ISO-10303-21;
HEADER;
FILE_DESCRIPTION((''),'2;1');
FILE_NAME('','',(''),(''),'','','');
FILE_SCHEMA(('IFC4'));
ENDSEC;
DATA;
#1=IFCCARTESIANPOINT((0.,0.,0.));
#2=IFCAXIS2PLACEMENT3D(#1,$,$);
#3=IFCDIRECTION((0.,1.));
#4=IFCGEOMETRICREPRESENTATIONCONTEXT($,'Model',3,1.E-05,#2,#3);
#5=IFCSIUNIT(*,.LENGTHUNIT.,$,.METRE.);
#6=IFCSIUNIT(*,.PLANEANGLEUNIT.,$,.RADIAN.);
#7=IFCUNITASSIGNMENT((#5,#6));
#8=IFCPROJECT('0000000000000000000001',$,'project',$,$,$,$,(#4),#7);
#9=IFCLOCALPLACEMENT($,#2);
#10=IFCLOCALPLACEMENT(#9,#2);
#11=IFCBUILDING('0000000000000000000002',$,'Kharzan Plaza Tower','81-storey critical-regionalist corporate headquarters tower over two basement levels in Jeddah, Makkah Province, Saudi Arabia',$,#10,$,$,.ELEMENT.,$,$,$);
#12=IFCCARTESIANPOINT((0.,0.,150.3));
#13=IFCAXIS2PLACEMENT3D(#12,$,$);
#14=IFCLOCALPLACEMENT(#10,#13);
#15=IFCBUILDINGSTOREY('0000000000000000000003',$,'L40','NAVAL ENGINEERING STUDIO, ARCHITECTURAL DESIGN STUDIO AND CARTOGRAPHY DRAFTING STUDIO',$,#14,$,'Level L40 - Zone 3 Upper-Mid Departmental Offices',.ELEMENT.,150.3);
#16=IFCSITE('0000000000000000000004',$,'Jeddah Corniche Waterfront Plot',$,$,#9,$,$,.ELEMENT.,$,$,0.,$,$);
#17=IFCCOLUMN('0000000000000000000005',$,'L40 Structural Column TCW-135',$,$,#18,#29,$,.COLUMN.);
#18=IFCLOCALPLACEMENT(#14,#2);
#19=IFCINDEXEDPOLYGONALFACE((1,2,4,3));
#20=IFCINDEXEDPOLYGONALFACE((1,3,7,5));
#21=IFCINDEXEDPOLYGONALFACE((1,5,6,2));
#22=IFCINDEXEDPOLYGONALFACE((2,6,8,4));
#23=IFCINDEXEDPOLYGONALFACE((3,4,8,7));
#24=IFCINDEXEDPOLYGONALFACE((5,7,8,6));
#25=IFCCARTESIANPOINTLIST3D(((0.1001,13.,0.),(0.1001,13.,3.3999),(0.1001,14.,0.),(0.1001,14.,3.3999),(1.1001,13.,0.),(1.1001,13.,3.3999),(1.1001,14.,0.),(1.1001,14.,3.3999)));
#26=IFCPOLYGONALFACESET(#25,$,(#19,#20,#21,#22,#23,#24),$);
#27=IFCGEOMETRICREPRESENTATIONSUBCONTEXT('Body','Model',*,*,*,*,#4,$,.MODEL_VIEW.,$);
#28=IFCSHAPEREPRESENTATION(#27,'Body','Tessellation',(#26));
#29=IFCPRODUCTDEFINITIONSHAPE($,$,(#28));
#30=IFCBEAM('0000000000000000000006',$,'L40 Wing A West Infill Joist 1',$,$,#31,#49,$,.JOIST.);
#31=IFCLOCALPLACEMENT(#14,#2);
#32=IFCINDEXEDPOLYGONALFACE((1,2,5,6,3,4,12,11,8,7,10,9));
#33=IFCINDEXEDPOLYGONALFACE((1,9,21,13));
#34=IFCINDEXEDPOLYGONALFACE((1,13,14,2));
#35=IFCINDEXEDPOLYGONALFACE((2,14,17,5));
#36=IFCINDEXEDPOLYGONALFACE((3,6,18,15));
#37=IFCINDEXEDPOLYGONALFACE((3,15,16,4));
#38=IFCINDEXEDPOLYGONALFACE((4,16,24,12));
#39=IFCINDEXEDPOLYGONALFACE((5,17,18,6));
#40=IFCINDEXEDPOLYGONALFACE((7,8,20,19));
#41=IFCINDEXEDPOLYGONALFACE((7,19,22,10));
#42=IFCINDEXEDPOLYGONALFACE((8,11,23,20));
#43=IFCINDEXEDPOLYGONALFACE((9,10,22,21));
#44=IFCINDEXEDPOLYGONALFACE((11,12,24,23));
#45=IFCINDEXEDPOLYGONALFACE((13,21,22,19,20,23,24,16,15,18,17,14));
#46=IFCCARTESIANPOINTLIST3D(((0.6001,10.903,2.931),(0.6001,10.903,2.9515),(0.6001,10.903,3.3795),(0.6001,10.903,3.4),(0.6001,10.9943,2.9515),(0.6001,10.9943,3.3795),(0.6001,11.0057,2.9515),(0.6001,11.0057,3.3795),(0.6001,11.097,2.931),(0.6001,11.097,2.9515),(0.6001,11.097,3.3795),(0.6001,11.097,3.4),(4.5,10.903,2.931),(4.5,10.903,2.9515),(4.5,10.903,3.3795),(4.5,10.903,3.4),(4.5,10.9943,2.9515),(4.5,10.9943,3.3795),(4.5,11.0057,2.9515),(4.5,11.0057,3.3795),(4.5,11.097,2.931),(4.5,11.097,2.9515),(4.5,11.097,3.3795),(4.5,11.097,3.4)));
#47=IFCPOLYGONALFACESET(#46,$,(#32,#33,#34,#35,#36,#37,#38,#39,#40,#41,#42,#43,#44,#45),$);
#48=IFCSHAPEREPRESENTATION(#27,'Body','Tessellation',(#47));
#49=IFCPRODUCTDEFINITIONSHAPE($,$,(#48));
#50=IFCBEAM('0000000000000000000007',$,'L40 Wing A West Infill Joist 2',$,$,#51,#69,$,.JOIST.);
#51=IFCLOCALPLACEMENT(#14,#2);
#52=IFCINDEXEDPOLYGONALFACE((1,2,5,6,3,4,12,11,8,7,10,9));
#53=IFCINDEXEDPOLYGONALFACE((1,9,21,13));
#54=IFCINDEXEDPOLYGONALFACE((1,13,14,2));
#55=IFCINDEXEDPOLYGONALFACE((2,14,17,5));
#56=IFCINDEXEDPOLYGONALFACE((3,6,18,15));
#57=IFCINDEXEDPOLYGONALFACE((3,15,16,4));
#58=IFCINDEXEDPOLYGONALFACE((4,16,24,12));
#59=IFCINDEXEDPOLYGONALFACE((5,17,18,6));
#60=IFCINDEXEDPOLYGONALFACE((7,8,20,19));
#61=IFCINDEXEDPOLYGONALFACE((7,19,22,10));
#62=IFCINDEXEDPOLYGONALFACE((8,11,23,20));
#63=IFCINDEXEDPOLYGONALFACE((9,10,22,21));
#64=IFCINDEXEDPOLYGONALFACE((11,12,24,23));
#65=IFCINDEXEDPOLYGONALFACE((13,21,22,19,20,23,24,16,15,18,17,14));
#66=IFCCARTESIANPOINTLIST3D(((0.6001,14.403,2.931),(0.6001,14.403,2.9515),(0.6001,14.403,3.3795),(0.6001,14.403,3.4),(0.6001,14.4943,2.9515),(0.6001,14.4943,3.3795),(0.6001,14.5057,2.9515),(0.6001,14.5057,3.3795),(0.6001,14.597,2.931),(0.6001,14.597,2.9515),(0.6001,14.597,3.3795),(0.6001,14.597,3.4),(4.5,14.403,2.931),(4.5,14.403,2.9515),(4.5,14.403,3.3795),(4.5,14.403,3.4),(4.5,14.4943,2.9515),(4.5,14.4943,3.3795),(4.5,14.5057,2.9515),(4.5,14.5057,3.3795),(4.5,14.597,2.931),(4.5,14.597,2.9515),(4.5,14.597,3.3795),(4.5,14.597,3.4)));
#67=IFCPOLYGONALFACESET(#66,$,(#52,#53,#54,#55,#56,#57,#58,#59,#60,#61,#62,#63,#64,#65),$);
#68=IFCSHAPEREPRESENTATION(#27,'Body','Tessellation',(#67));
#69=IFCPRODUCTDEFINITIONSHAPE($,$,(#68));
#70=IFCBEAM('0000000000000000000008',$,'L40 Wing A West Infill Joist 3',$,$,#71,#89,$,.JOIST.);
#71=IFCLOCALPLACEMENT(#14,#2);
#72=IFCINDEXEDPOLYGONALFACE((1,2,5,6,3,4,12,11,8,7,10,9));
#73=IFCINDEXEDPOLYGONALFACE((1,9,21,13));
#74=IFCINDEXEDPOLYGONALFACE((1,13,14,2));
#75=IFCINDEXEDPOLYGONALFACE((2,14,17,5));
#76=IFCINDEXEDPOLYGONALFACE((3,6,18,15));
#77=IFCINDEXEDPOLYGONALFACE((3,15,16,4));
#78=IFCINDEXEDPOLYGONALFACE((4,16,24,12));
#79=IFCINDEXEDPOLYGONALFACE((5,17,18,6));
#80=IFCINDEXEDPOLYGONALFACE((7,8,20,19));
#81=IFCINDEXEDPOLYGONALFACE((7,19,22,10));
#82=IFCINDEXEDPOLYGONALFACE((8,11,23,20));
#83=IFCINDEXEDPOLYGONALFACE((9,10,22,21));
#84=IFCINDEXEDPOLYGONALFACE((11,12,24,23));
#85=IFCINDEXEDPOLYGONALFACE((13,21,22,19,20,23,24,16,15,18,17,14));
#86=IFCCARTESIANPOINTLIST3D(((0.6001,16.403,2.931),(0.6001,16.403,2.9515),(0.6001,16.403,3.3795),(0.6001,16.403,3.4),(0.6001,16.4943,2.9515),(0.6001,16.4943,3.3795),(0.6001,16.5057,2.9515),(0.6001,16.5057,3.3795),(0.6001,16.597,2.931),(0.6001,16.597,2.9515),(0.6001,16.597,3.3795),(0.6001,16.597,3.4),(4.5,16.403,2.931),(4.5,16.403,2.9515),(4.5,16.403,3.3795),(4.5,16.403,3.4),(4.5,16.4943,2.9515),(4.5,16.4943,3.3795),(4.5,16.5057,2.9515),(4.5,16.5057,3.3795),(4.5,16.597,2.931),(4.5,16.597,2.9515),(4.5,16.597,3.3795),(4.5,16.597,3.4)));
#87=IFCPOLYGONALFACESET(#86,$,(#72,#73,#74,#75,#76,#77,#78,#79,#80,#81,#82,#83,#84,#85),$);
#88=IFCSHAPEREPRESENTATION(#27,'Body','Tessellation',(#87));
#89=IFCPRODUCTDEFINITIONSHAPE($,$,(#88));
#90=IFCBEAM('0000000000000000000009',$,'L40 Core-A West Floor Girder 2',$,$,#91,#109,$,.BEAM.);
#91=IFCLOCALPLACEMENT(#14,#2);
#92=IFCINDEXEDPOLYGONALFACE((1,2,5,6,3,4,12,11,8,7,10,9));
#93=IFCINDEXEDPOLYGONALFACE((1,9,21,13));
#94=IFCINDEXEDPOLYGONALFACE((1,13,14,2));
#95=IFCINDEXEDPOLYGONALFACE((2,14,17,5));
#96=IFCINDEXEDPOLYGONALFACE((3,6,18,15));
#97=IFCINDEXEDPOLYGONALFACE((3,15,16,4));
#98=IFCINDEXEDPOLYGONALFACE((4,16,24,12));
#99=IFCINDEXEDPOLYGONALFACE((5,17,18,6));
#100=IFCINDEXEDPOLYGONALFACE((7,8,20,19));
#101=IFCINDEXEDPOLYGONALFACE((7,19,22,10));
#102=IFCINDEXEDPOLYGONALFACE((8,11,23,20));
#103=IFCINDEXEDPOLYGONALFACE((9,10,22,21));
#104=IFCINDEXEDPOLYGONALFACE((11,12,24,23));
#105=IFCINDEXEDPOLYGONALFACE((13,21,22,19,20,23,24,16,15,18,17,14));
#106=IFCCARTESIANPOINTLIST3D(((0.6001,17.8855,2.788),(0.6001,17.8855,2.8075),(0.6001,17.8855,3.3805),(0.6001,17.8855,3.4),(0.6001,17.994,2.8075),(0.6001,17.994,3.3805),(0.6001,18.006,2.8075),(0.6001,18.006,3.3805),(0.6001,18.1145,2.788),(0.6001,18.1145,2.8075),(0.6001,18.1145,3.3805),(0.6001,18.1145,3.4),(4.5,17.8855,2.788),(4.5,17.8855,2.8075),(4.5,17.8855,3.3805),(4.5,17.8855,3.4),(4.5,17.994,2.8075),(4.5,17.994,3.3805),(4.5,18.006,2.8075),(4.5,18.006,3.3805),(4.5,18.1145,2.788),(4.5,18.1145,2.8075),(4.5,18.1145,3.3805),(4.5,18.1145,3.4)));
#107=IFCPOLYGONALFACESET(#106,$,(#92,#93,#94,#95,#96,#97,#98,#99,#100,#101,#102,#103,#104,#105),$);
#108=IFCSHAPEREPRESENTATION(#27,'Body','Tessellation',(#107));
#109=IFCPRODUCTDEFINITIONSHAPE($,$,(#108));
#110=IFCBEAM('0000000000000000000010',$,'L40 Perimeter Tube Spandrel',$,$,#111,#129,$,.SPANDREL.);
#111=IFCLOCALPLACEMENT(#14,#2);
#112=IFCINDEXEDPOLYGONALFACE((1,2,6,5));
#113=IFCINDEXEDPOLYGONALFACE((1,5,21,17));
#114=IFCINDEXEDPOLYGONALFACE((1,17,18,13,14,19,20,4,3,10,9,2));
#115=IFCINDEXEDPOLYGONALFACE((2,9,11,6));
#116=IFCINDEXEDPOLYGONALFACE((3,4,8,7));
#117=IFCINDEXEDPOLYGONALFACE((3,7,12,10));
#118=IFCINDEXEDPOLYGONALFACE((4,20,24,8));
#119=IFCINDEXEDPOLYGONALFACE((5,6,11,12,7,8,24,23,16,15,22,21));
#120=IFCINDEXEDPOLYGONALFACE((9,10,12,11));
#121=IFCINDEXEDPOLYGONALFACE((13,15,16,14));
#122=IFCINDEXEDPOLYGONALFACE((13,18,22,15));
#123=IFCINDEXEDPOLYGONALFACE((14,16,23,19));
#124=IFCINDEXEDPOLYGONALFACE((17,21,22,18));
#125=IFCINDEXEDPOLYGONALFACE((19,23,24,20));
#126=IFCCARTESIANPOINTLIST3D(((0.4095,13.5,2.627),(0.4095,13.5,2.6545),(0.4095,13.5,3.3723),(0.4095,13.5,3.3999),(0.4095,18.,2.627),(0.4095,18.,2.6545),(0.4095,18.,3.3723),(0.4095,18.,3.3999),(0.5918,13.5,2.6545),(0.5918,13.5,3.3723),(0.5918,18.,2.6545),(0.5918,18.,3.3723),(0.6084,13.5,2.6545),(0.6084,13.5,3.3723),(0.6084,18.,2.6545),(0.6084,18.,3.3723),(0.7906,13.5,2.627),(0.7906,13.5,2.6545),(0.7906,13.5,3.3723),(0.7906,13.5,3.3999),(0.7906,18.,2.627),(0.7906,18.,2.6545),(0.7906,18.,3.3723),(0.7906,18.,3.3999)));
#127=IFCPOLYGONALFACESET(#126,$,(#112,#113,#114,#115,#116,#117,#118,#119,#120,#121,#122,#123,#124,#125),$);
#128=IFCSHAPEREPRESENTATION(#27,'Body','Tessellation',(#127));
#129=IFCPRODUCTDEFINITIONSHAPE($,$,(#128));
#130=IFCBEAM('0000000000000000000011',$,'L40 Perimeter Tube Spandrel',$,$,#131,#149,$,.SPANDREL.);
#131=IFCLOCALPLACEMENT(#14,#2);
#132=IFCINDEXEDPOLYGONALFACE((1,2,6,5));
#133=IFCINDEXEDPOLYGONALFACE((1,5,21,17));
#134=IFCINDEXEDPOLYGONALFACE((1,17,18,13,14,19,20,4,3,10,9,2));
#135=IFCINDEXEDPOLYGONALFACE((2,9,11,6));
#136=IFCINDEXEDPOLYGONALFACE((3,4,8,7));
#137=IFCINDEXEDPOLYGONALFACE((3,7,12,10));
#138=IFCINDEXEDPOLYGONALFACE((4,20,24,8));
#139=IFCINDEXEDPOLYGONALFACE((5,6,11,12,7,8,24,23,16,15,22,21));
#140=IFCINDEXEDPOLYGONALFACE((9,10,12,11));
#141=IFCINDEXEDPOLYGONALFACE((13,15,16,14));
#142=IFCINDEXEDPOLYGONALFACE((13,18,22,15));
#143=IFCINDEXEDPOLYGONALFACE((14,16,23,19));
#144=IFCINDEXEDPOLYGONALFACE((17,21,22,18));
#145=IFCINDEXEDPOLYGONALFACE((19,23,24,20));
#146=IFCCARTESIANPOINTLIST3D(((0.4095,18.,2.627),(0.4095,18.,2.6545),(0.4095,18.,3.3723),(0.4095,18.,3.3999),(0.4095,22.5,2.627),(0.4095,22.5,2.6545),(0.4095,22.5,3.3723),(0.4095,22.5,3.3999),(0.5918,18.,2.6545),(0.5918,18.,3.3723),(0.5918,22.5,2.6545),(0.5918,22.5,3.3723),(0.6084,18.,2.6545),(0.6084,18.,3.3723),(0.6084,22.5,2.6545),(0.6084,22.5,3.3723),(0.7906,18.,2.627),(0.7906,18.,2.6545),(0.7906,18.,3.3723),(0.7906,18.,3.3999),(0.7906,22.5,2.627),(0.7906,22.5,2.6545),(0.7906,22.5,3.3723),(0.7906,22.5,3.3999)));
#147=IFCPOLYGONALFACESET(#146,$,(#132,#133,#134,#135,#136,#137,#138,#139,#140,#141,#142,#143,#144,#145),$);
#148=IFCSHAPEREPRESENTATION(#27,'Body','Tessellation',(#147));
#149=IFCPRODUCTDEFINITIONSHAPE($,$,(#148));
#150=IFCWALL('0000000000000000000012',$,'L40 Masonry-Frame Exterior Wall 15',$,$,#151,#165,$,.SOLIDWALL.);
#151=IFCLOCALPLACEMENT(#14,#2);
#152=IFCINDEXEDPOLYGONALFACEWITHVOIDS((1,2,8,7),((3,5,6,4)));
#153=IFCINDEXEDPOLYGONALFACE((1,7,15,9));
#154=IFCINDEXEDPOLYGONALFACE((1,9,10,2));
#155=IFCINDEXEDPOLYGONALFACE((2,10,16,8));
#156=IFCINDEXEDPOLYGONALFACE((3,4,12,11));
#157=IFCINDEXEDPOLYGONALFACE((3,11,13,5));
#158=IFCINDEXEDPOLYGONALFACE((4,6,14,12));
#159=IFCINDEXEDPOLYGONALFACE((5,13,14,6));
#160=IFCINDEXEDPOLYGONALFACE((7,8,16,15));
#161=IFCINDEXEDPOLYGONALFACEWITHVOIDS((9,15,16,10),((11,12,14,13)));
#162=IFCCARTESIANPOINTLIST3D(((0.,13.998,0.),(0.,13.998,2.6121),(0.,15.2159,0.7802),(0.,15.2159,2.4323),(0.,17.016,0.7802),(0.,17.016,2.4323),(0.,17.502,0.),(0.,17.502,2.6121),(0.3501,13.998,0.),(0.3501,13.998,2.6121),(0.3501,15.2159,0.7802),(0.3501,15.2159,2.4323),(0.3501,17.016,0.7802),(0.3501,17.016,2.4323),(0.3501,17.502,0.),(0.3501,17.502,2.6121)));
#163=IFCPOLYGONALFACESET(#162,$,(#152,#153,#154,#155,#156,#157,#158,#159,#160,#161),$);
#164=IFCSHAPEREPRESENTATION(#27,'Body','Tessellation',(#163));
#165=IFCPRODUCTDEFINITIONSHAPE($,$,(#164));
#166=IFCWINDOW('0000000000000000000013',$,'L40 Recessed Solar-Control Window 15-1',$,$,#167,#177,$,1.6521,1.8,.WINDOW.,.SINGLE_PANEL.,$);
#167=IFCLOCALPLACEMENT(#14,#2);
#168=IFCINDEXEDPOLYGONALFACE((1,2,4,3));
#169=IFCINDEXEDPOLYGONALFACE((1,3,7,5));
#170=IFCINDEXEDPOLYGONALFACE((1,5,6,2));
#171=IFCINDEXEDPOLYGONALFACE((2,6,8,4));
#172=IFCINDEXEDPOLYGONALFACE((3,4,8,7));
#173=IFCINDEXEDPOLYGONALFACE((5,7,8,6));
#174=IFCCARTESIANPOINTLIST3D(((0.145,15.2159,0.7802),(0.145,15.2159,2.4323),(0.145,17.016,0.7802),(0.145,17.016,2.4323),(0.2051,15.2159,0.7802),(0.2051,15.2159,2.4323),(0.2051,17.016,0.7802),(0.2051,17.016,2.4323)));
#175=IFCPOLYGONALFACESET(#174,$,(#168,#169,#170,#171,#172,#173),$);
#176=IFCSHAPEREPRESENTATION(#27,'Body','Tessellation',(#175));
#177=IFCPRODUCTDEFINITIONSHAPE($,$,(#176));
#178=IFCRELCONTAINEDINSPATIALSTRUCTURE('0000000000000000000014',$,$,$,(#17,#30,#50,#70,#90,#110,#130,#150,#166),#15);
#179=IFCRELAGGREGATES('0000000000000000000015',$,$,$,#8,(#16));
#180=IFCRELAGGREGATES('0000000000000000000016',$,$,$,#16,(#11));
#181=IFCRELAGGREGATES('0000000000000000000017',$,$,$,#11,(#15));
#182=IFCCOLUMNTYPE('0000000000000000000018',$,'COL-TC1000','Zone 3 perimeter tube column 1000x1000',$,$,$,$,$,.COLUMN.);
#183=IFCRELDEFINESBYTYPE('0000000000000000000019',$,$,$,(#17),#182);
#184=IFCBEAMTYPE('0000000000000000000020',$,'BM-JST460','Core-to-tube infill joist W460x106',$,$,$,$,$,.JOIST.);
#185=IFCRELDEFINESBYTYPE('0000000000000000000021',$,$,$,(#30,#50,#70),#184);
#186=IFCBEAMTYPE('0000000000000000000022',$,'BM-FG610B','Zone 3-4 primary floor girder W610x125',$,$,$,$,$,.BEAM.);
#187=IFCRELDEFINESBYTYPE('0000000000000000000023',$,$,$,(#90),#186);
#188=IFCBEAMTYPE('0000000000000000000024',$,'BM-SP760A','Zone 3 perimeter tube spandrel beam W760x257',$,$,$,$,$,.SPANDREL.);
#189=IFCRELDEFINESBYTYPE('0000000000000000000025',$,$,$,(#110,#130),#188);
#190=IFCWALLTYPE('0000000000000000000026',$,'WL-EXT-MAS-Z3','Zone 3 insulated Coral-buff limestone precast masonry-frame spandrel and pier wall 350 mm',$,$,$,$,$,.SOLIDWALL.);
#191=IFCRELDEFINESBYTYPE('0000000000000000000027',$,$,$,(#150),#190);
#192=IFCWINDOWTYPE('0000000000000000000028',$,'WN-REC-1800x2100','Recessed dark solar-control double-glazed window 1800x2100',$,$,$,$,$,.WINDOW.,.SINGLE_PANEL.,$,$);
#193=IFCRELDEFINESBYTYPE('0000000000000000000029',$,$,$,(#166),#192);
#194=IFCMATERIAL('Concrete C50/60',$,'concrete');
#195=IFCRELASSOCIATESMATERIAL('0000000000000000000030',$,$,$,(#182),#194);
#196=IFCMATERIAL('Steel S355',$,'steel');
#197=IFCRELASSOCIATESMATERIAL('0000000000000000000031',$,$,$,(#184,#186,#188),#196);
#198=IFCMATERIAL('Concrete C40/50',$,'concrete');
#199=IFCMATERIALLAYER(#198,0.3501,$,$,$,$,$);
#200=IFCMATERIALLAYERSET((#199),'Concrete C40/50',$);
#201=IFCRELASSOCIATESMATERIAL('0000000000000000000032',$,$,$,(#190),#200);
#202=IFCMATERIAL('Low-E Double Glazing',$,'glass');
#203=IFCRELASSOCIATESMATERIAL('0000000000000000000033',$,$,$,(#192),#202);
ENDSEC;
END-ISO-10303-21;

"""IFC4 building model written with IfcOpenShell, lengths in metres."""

from ifc_helpers import new_model, si_unit, direction, frame, frame_2d, origin, origin_2d, place, context, subcontext, project, spatial, rectangle, i_section, extrude, source, transform, mapped, material, layer, layer_set, material_profile, profile_set, type_object, element, fill, save


model = new_model("IFC4")

# Units and contexts
model_context = context("Model", 3, precision=1e-05, world=origin(), true_north=direction((0.0, 1.0)))
body_context = subcontext(model_context, "Body", "Model", "MODEL_VIEW")
ifc_project = project(units=[si_unit("LENGTHUNIT", "METRE"), si_unit("PLANEANGLEUNIT", "RADIAN")], contexts=[model_context])

# Site, building, storey
site_placement = place(None, origin())
site = spatial("IfcSite", under=ifc_project, at=site_placement, Name="Jeddah Corniche Waterfront Plot", CompositionType="ELEMENT", RefElevation=0.0)
building_placement = place(site_placement, origin())
building = spatial("IfcBuilding", under=site, at=building_placement, Name="Kharzan Plaza Tower", Description="81-storey critical-regionalist corporate headquarters tower over two basement levels in Jeddah, Makkah Province, Saudi Arabia", CompositionType="ELEMENT")
storey_placement = place(building_placement, frame((0.0, 0.0, 150.3)))
storey = spatial("IfcBuildingStorey", under=building, at=storey_placement, Name="L40", Description="NAVAL ENGINEERING STUDIO, ARCHITECTURAL DESIGN STUDIO AND CARTOGRAPHY DRAFTING STUDIO", LongName="Level L40 - Zone 3 Upper-Mid Departmental Offices", CompositionType="ELEMENT", Elevation=150.3)

# Column
ifc_material_1 = material(Name="Concrete C50/60", Category="concrete")
ifc_material_profile_1 = material_profile(ifc_material_1, rectangle(XDim=1.0, YDim=1.0, at=origin_2d()), Name="RC-TC1000x1000")
ifc_profile_set_1 = profile_set([ifc_material_profile_1], Name="Concrete C50/60")
column_type = type_object("IfcColumnType", Name="COL-TC1000", Description="Zone 3 perimeter tube column 1000x1000", PredefinedType="COLUMN", material=ifc_profile_set_1)
shared_shape_1 = source(origin(), body_context, "Body", "SweptSolid", [
    extrude(rectangle(XDim=1.0, YDim=1.0, at=origin_2d()), origin(), (0.0, 0.0, 1.0), 3.3999),
])
column_placement = place(storey_placement, frame((0.6001, 13.5, 0.0), z_axis=(0.0, 0.0, 1.0), x_axis=(1.0, 0.0, 0.0)))
element("IfcColumn", 1, at=column_placement, inside=storey, type_object=column_type, Name="L40 Structural Column TCW-135", PredefinedType="COLUMN", context=body_context, shape_type="MappedRepresentation", body=[
    mapped(shared_shape_1, transform((0.0, 0.0, 0.0), x_axis=(1.0, 0.0, 0.0), y_axis=(0.0, 1.0, 0.0), z_axis=(0.0, 0.0, 1.0))),
])

# Beams
ifc_material_2 = material(Name="Steel S355", Category="steel")
ifc_material_profile_2 = material_profile(ifc_material_2, i_section(OverallWidth=0.1941, OverallDepth=0.469, WebThickness=0.0115, FlangeThickness=0.0205, at=origin_2d()), Name="W460x106")
ifc_profile_set_2 = profile_set([ifc_material_profile_2], Name="Steel S355")
beam_type_1 = type_object("IfcBeamType", Name="BM-JST460", Description="Core-to-tube infill joist W460x106", PredefinedType="JOIST", material=ifc_profile_set_2)
shared_shape_2 = source(origin(), body_context, "Body", "SweptSolid", [
    extrude(i_section(OverallWidth=0.1941, OverallDepth=0.469, WebThickness=0.0115, FlangeThickness=0.0205, at=origin_2d()), origin(), (0.0, 0.0, 1.0), 3.8999),
])
for number, where, z_axis, x_axis, name in (
    (2, (0.6001, 11.0, 3.1655), (1.0, 0.0, 0.0), (0.0, 1.0, 0.0), "L40 Wing A West Infill Joist 1"),
    (3, (0.6001, 14.5, 3.1655), (1.0, 0.0, 0.0), (0.0, 1.0, 0.0), "L40 Wing A West Infill Joist 2"),
    (4, (0.6001, 16.5, 3.1655), (1.0, 0.0, 0.0), (0.0, 1.0, 0.0), "L40 Wing A West Infill Joist 3"),
):
    element("IfcBeam", number, at=place(storey_placement, frame(where, z_axis=z_axis, x_axis=x_axis)), inside=storey, type_object=beam_type_1, Name=name, PredefinedType="JOIST", context=body_context, shape_type="MappedRepresentation", body=[
        mapped(shared_shape_2, transform((0.0, 0.0, 0.0), x_axis=(1.0, 0.0, 0.0), y_axis=(0.0, 1.0, 0.0), z_axis=(0.0, 0.0, 1.0))),
    ])
ifc_material_profile_3 = material_profile(ifc_material_2, i_section(OverallWidth=0.229, OverallDepth=0.6121, WebThickness=0.012, FlangeThickness=0.0195, at=origin_2d()), Name="W610x125")
ifc_profile_set_3 = profile_set([ifc_material_profile_3], Name="Steel S355")
beam_type_2 = type_object("IfcBeamType", Name="BM-FG610B", Description="Zone 3-4 primary floor girder W610x125", PredefinedType="BEAM", material=ifc_profile_set_3)
shared_shape_3 = source(origin(), body_context, "Body", "SweptSolid", [
    extrude(i_section(OverallWidth=0.229, OverallDepth=0.6121, WebThickness=0.012, FlangeThickness=0.0195, at=origin_2d()), origin(), (0.0, 0.0, 1.0), 3.8999),
])
beam_placement = place(storey_placement, frame((0.6001, 18.0, 3.094), z_axis=(1.0, 0.0, 0.0), x_axis=(0.0, 1.0, 0.0)))
element("IfcBeam", 5, at=beam_placement, inside=storey, type_object=beam_type_2, Name="L40 Core-A West Floor Girder 2", PredefinedType="BEAM", context=body_context, shape_type="MappedRepresentation", body=[
    mapped(shared_shape_3, transform((0.0, 0.0, 0.0), x_axis=(1.0, 0.0, 0.0), y_axis=(0.0, 1.0, 0.0), z_axis=(0.0, 0.0, 1.0))),
])
ifc_material_profile_4 = material_profile(ifc_material_2, i_section(OverallWidth=0.3811, OverallDepth=0.7729, WebThickness=0.0166, FlangeThickness=0.0276, at=origin_2d()), Name="W760x257")
ifc_profile_set_4 = profile_set([ifc_material_profile_4], Name="Steel S355")
beam_type_3 = type_object("IfcBeamType", Name="BM-SP760A", Description="Zone 3 perimeter tube spandrel beam W760x257", PredefinedType="SPANDREL", material=ifc_profile_set_4)
shared_shape_4 = source(origin(), body_context, "Body", "SweptSolid", [
    extrude(i_section(OverallWidth=0.3811, OverallDepth=0.7729, WebThickness=0.0166, FlangeThickness=0.0276, at=origin_2d()), origin(), (0.0, 0.0, 1.0), 4.5),
])
for number, where, z_axis, x_axis, name in (
    (6, (0.6001, 13.5, 3.0134), (0.0, 1.0, 0.0), (-1.0, 0.0, 0.0), "L40 Perimeter Tube Spandrel"),
    (7, (0.6001, 18.0, 3.0134), (0.0, 1.0, 0.0), (-1.0, 0.0, 0.0), "L40 Perimeter Tube Spandrel"),
):
    element("IfcBeam", number, at=place(storey_placement, frame(where, z_axis=z_axis, x_axis=x_axis)), inside=storey, type_object=beam_type_3, Name=name, PredefinedType="SPANDREL", context=body_context, shape_type="MappedRepresentation", body=[
        mapped(shared_shape_4, transform((0.0, 0.0, 0.0), x_axis=(1.0, 0.0, 0.0), y_axis=(0.0, 1.0, 0.0), z_axis=(0.0, 0.0, 1.0))),
    ])

# Wall, opening, window
ifc_material_3 = material(Name="Concrete C40/50", Category="concrete")
ifc_layer_1 = layer(ifc_material_3, 0.3501)
ifc_layer_set_1 = layer_set([ifc_layer_1], Name="Concrete C40/50")
wall_type_1 = type_object("IfcWallType", Name="WL-EXT-MAS-Z3", Description="Zone 3 insulated Coral-buff limestone precast masonry-frame spandrel and pier wall 350 mm", PredefinedType="SOLIDWALL", material=ifc_layer_set_1)
wall_1_placement = place(storey_placement, frame((0.175, 17.502, 0.0), z_axis=(0.0, 0.0, 1.0), x_axis=(0.0, -1.0, 0.0)))
wall_1 = element("IfcWall", 8, at=wall_1_placement, inside=storey, type_object=wall_type_1, Name="L40 Masonry-Frame Exterior Wall 15", PredefinedType="SOLIDWALL", context=body_context, shape_type="SweptSolid", body=[
    extrude(rectangle(XDim=3.5039, YDim=0.3501, at=frame_2d((1.752, 0.0))), origin(), (0.0, 0.0, 1.0), 2.6121),
])
opening_1_placement = place(wall_1_placement, frame((0.4861, 0.0, 0.78)))
opening_1 = element("IfcOpeningElement", 9, at=opening_1_placement, cuts=wall_1, PredefinedType="OPENING", context=body_context, shape_type="SweptSolid", body=[
    extrude(rectangle(XDim=1.8, YDim=1.6521, at=frame_2d((0.8999, 0.8262))), frame((0.0, 0.1851, 0.0), z_axis=(0.0, -1.0, 0.0), x_axis=(1.0, 0.0, 0.0)), (0.0, 0.0, 1.0), 0.3701),
])
ifc_material_4 = material(Name="Low-E Double Glazing", Category="glass")
window_type_1 = type_object("IfcWindowType", Name="WN-REC-1800x2100", Description="Recessed dark solar-control double-glazed window 1800x2100", PartitioningType="SINGLE_PANEL", PredefinedType="WINDOW", material=ifc_material_4)
shared_shape_5 = source(origin(), body_context, "Body", "SweptSolid", [
    extrude(rectangle(XDim=1.8, YDim=1.6521, at=frame_2d((0.8999, 0.8262))), frame((0.0, 0.03, 0.0), z_axis=(0.0, -1.0, 0.0), x_axis=(1.0, 0.0, 0.0)), (0.0, 0.0, 1.0), 0.0601),
])
window_1_placement = place(opening_1_placement, origin())
window_1 = element("IfcWindow", 10, at=window_1_placement, inside=storey, type_object=window_type_1, Name="L40 Recessed Solar-Control Window 15-1", OverallHeight=1.6521, OverallWidth=1.8, PartitioningType="SINGLE_PANEL", PredefinedType="WINDOW", context=body_context, shape_type="MappedRepresentation", body=[
    mapped(shared_shape_5, transform((0.0, 0.0, 0.0), x_axis=(1.0, 0.0, 0.0), y_axis=(0.0, 1.0, 0.0), z_axis=(0.0, 0.0, 1.0))),
])
fill(opening_1, window_1)

save(model, "model.ifc")
